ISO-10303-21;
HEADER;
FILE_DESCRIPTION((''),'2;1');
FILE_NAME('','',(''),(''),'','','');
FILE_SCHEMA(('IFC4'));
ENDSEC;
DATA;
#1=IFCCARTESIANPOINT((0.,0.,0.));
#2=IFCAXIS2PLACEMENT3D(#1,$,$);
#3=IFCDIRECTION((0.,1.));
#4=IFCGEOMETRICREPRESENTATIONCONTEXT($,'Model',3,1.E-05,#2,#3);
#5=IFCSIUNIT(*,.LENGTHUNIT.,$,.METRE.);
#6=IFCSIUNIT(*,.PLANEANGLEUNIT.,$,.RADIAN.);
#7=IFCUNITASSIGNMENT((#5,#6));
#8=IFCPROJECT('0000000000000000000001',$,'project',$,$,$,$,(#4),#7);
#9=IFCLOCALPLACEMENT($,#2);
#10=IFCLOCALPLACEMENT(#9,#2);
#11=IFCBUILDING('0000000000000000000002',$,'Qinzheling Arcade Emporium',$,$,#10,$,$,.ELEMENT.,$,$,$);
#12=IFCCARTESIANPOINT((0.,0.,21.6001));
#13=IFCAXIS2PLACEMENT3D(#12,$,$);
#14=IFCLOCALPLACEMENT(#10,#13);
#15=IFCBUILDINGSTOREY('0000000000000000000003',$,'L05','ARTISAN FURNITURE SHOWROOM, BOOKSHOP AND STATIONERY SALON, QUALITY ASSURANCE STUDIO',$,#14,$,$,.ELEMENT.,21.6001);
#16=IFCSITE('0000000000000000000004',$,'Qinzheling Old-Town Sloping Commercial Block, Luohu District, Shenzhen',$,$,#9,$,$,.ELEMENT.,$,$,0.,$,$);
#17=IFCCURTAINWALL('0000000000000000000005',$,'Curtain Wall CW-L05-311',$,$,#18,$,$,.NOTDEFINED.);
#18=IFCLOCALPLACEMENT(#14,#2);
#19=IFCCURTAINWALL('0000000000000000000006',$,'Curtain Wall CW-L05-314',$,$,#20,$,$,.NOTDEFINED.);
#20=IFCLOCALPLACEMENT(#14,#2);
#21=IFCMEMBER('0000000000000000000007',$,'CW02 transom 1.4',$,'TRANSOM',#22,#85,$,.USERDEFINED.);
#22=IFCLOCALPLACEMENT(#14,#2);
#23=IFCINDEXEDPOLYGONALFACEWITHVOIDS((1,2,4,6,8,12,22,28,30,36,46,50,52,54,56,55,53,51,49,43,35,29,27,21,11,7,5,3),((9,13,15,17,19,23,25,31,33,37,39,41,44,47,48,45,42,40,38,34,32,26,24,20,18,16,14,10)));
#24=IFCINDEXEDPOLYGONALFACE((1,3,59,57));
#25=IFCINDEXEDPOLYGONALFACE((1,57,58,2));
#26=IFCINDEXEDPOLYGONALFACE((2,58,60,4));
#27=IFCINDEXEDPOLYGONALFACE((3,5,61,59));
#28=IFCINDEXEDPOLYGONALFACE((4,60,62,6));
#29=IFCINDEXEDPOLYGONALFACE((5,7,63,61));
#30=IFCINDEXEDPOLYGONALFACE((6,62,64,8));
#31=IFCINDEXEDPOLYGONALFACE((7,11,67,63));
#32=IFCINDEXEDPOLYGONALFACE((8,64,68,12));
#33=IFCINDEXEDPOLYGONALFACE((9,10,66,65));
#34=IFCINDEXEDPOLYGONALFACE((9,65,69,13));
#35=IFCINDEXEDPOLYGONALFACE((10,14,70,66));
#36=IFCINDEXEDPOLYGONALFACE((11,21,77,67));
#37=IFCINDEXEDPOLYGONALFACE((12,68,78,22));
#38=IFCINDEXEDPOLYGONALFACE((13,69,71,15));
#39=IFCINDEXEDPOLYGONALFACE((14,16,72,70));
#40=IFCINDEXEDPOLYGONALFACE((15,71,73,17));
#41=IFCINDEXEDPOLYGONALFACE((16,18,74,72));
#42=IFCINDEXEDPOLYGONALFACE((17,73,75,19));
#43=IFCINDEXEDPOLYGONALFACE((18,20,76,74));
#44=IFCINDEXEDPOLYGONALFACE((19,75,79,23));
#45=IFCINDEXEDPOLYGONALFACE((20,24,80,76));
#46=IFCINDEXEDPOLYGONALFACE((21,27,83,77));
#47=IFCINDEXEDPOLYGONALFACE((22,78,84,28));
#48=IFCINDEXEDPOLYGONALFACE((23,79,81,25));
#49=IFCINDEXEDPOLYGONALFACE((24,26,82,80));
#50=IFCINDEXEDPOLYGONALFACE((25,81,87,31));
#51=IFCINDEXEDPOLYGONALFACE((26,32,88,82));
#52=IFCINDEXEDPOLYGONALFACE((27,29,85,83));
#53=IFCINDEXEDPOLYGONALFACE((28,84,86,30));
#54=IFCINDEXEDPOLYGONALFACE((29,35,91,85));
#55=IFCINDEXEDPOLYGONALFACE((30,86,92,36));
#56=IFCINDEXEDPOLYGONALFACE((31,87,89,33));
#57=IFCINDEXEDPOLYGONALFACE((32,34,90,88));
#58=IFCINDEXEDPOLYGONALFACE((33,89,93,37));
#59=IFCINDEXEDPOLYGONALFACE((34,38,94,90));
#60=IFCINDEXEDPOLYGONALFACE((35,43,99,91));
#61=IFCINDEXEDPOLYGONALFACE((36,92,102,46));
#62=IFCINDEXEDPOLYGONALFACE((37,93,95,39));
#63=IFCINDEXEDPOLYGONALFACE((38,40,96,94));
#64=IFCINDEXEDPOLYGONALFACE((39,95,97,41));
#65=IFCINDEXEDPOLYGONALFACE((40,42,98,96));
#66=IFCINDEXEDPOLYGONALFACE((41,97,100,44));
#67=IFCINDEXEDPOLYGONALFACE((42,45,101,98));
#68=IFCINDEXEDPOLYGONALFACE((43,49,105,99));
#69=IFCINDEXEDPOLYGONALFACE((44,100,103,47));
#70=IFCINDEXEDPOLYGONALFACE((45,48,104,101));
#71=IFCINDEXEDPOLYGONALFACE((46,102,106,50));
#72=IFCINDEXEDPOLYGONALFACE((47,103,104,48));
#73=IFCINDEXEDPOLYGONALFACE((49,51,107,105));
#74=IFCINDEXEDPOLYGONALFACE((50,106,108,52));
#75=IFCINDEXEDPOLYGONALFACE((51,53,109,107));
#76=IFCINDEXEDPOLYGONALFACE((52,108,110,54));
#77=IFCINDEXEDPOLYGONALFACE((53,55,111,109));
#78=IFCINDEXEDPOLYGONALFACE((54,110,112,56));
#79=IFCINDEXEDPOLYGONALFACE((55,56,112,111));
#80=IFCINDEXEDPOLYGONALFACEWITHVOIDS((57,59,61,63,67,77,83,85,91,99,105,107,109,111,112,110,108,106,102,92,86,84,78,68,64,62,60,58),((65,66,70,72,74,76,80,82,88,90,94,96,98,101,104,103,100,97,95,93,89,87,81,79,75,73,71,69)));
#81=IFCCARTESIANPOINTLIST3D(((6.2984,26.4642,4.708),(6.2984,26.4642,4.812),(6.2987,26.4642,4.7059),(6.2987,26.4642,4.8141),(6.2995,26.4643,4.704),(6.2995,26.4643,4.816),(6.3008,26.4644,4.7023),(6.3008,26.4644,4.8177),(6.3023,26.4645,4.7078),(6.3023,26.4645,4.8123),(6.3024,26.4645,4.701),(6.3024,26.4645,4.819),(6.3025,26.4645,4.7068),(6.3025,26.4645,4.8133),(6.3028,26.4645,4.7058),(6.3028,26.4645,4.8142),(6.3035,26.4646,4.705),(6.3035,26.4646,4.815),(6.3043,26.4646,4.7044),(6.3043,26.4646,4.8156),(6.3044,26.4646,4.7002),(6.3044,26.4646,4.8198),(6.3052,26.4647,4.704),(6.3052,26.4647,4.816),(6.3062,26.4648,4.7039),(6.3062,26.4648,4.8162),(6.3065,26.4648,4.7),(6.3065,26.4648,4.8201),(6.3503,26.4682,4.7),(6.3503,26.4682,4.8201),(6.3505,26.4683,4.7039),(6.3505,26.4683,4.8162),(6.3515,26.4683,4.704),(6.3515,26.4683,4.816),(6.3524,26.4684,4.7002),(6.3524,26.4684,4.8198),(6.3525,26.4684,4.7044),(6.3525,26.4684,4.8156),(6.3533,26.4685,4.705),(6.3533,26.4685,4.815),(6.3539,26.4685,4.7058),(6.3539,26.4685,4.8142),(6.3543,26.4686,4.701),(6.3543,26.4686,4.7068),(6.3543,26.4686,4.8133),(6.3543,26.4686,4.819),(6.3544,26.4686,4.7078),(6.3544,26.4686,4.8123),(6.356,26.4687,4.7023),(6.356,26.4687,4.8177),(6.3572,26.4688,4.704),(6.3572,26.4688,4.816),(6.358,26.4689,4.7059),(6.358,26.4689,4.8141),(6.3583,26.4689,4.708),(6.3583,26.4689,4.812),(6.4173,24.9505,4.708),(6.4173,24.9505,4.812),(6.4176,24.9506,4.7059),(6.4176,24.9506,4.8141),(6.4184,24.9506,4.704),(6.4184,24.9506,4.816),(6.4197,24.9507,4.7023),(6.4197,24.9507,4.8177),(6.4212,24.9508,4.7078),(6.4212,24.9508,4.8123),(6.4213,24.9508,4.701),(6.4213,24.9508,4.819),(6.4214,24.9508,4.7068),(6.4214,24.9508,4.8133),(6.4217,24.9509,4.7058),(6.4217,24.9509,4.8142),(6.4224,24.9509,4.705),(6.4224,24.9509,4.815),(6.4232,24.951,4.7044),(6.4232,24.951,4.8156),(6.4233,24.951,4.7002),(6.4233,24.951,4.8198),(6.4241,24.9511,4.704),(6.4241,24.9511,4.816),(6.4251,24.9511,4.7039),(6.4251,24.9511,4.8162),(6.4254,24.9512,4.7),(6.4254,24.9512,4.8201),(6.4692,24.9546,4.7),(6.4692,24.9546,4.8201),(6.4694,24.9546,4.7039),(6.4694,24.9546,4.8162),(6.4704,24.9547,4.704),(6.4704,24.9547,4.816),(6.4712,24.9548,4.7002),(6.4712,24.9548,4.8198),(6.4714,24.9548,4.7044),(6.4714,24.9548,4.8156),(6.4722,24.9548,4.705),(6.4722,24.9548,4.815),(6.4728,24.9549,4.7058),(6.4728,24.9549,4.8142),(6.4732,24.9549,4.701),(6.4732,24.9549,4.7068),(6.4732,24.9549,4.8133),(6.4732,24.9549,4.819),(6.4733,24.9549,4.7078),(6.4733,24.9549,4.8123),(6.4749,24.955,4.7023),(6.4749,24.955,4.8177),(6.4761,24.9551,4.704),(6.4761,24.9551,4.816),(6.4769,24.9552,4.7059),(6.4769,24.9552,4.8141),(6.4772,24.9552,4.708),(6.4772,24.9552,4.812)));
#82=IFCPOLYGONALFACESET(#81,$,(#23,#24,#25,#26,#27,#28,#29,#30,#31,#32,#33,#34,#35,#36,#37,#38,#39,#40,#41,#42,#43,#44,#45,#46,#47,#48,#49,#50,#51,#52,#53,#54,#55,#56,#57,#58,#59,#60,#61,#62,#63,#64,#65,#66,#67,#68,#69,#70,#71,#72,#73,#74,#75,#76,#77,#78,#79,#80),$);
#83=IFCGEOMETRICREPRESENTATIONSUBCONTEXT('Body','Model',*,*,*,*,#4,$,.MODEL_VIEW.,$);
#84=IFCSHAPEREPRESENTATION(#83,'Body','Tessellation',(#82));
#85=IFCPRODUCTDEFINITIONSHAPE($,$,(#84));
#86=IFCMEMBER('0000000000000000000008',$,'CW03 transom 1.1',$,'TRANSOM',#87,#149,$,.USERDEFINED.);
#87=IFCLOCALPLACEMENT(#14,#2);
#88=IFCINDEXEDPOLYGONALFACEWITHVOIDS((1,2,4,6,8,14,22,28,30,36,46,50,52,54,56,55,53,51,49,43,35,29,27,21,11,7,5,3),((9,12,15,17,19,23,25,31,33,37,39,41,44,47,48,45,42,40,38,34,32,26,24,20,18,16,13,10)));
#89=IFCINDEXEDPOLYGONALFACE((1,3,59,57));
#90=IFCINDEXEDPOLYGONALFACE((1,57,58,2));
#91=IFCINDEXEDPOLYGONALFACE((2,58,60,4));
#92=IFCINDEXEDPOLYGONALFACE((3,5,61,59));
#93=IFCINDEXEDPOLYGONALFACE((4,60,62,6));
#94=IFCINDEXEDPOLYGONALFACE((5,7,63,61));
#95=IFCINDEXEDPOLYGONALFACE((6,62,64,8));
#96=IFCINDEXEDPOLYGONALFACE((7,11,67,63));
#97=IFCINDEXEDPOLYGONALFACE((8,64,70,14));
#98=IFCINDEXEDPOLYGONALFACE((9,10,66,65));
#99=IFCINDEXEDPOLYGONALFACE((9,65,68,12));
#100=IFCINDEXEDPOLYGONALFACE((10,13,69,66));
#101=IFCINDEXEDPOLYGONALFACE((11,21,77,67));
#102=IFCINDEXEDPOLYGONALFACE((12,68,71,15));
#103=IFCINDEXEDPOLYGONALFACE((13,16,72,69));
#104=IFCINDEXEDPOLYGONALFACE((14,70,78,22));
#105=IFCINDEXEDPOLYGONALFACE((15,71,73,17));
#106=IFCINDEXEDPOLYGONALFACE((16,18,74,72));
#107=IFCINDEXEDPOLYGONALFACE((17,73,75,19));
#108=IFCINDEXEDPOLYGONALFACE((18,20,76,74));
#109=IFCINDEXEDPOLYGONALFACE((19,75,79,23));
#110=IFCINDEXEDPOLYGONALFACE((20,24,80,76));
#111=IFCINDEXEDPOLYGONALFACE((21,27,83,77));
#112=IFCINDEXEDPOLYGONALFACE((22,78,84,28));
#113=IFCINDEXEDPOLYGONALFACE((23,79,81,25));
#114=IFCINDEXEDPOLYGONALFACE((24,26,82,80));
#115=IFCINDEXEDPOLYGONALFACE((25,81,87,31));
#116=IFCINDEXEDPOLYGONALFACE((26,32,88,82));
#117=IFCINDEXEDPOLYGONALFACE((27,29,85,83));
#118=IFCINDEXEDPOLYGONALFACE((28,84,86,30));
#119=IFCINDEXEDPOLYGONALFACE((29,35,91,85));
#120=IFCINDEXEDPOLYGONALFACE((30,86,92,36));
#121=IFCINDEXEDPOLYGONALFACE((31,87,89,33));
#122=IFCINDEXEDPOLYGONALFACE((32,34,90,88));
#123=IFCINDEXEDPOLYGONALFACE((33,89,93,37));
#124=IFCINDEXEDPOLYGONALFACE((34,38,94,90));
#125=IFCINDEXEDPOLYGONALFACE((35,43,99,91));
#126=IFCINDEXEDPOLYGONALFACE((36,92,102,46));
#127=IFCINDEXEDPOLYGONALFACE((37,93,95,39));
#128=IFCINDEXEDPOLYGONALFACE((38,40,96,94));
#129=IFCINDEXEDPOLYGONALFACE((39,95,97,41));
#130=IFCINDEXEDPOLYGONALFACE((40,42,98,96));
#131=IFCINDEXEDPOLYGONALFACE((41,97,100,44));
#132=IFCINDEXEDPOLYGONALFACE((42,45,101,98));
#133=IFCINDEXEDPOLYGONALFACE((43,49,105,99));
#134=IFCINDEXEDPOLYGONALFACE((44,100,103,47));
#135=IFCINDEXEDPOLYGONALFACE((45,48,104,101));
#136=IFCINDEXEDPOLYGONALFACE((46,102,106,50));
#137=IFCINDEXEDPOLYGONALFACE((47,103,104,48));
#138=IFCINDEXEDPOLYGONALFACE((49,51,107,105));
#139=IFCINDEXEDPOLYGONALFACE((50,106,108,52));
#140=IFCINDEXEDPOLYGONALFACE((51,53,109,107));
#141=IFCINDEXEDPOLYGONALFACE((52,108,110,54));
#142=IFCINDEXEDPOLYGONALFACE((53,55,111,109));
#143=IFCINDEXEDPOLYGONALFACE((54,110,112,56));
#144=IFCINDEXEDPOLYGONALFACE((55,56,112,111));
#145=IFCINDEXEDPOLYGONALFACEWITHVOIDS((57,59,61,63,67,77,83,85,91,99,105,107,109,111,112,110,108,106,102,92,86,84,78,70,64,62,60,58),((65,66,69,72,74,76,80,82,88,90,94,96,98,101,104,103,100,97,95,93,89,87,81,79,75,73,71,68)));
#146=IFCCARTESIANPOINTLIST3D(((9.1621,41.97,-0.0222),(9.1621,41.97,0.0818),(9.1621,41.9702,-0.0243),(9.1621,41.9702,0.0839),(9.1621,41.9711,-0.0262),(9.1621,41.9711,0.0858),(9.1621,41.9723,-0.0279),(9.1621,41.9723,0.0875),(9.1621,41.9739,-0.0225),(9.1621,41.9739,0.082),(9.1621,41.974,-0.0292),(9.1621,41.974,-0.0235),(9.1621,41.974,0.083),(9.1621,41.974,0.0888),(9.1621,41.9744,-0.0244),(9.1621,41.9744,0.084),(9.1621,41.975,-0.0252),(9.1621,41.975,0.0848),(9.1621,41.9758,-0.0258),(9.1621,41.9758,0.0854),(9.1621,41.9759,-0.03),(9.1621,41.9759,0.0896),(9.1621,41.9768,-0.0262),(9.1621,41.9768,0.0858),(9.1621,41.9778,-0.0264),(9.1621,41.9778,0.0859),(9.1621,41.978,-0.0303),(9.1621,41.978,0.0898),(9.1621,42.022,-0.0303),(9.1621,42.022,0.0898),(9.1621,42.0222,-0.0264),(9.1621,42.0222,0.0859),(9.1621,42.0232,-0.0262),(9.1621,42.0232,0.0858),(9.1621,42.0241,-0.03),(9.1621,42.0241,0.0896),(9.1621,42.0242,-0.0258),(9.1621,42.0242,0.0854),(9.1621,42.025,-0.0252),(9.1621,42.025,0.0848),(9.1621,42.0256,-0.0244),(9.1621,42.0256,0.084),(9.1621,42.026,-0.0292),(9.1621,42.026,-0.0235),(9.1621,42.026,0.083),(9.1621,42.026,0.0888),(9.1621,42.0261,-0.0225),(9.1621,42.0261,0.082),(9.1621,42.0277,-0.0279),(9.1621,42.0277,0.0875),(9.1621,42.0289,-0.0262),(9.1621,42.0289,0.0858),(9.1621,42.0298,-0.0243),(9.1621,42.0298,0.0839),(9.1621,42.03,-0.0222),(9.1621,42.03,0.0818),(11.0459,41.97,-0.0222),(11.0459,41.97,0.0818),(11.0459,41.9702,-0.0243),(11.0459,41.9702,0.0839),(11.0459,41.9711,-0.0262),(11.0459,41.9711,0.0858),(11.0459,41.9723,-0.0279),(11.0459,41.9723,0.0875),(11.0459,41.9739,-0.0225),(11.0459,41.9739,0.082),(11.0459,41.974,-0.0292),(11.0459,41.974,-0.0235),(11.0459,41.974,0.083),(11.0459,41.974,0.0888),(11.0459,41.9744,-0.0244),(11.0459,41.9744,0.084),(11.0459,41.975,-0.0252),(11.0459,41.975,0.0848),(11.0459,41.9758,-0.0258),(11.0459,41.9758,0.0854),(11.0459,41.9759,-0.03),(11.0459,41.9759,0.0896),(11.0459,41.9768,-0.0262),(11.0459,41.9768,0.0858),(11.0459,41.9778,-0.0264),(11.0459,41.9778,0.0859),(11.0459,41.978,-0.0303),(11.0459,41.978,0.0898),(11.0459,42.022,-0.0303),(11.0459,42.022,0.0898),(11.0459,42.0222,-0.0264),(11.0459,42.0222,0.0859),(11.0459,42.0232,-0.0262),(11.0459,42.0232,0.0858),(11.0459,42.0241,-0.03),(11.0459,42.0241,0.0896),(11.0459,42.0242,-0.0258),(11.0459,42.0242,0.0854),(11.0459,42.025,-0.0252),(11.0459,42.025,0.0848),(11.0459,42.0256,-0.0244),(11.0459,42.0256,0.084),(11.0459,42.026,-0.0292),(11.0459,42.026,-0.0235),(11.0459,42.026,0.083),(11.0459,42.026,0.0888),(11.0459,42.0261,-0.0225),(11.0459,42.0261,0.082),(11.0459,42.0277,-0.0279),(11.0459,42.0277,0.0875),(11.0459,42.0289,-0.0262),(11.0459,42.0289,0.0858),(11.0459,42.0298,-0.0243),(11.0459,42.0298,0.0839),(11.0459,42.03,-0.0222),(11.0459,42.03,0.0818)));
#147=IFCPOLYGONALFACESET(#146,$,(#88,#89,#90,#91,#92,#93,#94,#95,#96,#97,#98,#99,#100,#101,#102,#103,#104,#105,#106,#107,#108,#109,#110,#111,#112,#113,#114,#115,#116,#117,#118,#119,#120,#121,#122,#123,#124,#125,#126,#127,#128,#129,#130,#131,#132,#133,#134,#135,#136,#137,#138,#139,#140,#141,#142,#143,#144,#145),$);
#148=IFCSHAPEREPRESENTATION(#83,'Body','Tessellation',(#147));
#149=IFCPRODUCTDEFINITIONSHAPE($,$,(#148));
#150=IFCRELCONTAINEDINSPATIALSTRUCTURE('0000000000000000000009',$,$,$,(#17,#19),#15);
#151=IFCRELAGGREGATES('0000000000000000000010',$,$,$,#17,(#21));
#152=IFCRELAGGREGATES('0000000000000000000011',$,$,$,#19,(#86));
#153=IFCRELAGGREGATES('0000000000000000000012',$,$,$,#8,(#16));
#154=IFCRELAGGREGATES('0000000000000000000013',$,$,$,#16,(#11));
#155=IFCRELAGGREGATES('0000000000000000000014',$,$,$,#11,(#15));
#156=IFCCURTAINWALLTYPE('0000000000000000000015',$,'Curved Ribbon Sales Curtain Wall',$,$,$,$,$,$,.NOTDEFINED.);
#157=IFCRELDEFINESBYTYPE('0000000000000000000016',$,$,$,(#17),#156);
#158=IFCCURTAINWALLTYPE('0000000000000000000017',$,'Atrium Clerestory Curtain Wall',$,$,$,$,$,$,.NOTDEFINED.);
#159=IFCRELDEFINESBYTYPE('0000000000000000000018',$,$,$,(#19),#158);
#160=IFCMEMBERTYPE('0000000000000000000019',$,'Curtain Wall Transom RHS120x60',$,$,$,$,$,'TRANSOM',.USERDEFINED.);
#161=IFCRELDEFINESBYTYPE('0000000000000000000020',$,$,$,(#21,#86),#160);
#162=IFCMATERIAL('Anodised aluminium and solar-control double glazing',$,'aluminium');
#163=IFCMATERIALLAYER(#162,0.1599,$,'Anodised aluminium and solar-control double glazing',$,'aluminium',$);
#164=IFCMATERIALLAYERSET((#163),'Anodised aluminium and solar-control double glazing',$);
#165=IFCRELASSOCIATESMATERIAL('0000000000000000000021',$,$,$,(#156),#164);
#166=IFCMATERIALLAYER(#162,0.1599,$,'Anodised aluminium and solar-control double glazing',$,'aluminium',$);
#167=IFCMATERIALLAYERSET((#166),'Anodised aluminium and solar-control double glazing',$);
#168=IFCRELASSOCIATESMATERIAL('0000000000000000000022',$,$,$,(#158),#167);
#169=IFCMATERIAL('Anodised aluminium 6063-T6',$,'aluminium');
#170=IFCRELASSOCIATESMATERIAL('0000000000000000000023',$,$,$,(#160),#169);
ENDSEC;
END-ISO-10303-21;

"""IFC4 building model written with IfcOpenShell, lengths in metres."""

from ifc_helpers import new_model, si_unit, direction, frame, origin, origin_2d, place, context, subcontext, project, spatial, hollow_rectangle, extrude, material, layer, layer_set, material_profile, profile_set, type_object, element, aggregate, save


model = new_model("IFC4")

# Units and contexts
model_context = context("Model", 3, precision=1e-05, world=origin(), true_north=direction((0.0, 1.0)))
body_context = subcontext(model_context, "Body", "Model", "MODEL_VIEW")
ifc_project = project(units=[si_unit("LENGTHUNIT", "METRE"), si_unit("PLANEANGLEUNIT", "RADIAN")], contexts=[model_context])

# Site, building, storey
site_placement = place(None, origin())
site = spatial("IfcSite", under=ifc_project, at=site_placement, Name="Qinzheling Old-Town Sloping Commercial Block, Luohu District, Shenzhen", CompositionType="ELEMENT", RefElevation=0.0)
building_placement = place(site_placement, origin())
building = spatial("IfcBuilding", under=site, at=building_placement, Name="Qinzheling Arcade Emporium", CompositionType="ELEMENT")
storey_placement = place(building_placement, frame((0.0, 0.0, 21.6001)))
storey = spatial("IfcBuildingStorey", under=building, at=storey_placement, Name="L05", Description="ARTISAN FURNITURE SHOWROOM, BOOKSHOP AND STATIONERY SALON, QUALITY ASSURANCE STUDIO", CompositionType="ELEMENT", Elevation=21.6001)

# Curtain wall
ifc_material_1 = material(Name="Anodised aluminium and solar-control double glazing", Category="aluminium")
ifc_layer_1 = layer(ifc_material_1, 0.1599, Name="Anodised aluminium and solar-control double glazing", Category="aluminium")
ifc_layer_set_1 = layer_set([ifc_layer_1], Name="Anodised aluminium and solar-control double glazing")
curtain_wall_type_1 = type_object("IfcCurtainWallType", Name="Curved Ribbon Sales Curtain Wall", PredefinedType="NOTDEFINED", material=ifc_layer_set_1)
curtain_wall_1_placement = place(storey_placement, origin())
curtain_wall_1 = element("IfcCurtainWall", 1, at=curtain_wall_1_placement, inside=storey, type_object=curtain_wall_type_1, Name="Curtain Wall CW-L05-311", PredefinedType="NOTDEFINED")
ifc_material_2 = material(Name="Anodised aluminium 6063-T6", Category="aluminium")

# Curtain wall
ifc_layer_2 = layer(ifc_material_1, 0.1599, Name="Anodised aluminium and solar-control double glazing", Category="aluminium")
ifc_layer_set_2 = layer_set([ifc_layer_2], Name="Anodised aluminium and solar-control double glazing")
curtain_wall_type_2 = type_object("IfcCurtainWallType", Name="Atrium Clerestory Curtain Wall", PredefinedType="NOTDEFINED", material=ifc_layer_set_2)
curtain_wall_2_placement = place(storey_placement, origin())
curtain_wall_2 = element("IfcCurtainWall", 2, at=curtain_wall_2_placement, inside=storey, type_object=curtain_wall_type_2, Name="Curtain Wall CW-L05-314", PredefinedType="NOTDEFINED")

# Members
ifc_material_profile_1 = material_profile(ifc_material_2, hollow_rectangle(XDim=0.0601, YDim=0.1201, WallThickness=0.0039, InnerFilletRadius=0.0039, OuterFilletRadius=0.0081, at=origin_2d()), Name="RHS 120x60x4", Category="aluminium")
ifc_profile_set_1 = profile_set([ifc_material_profile_1], Name="Anodised aluminium 6063-T6")
member_type_1 = type_object("IfcMemberType", Name="Curtain Wall Transom RHS120x60", ElementType="TRANSOM", PredefinedType="USERDEFINED", material=ifc_profile_set_1)
member_1_placement = place(storey_placement, frame((6.4473, 24.9529, 4.76), z_axis=(-0.078307, 0.996929, 0.0), x_axis=(-0.996929, -0.078307, 0.0)))
member_1 = element("IfcMember", 3, at=member_1_placement, type_object=member_type_1, Name="CW02 transom 1.4", ObjectType="TRANSOM", PredefinedType="USERDEFINED", context=body_context, shape_type="SweptSolid", body=[
    extrude(hollow_rectangle(XDim=0.0601, YDim=0.1201, WallThickness=0.0039, InnerFilletRadius=0.0039, OuterFilletRadius=0.0081, at=origin_2d()), origin(), (0.0, 0.0, 1.0), 1.5183),
])
member_2_placement = place(storey_placement, frame((9.1621, 42.0, 0.0298), z_axis=(1.0, 0.0, 0.0), x_axis=(0.0, 1.0, 0.0)))
member_2 = element("IfcMember", 4, at=member_2_placement, type_object=member_type_1, Name="CW03 transom 1.1", ObjectType="TRANSOM", PredefinedType="USERDEFINED", context=body_context, shape_type="SweptSolid", body=[
    extrude(hollow_rectangle(XDim=0.0601, YDim=0.1201, WallThickness=0.0039, InnerFilletRadius=0.0039, OuterFilletRadius=0.0081, at=origin_2d()), origin(), (0.0, 0.0, 1.0), 1.8838),
])

aggregate(curtain_wall_1, [member_1])
aggregate(curtain_wall_2, [member_2])

save(model, "model.ifc")
